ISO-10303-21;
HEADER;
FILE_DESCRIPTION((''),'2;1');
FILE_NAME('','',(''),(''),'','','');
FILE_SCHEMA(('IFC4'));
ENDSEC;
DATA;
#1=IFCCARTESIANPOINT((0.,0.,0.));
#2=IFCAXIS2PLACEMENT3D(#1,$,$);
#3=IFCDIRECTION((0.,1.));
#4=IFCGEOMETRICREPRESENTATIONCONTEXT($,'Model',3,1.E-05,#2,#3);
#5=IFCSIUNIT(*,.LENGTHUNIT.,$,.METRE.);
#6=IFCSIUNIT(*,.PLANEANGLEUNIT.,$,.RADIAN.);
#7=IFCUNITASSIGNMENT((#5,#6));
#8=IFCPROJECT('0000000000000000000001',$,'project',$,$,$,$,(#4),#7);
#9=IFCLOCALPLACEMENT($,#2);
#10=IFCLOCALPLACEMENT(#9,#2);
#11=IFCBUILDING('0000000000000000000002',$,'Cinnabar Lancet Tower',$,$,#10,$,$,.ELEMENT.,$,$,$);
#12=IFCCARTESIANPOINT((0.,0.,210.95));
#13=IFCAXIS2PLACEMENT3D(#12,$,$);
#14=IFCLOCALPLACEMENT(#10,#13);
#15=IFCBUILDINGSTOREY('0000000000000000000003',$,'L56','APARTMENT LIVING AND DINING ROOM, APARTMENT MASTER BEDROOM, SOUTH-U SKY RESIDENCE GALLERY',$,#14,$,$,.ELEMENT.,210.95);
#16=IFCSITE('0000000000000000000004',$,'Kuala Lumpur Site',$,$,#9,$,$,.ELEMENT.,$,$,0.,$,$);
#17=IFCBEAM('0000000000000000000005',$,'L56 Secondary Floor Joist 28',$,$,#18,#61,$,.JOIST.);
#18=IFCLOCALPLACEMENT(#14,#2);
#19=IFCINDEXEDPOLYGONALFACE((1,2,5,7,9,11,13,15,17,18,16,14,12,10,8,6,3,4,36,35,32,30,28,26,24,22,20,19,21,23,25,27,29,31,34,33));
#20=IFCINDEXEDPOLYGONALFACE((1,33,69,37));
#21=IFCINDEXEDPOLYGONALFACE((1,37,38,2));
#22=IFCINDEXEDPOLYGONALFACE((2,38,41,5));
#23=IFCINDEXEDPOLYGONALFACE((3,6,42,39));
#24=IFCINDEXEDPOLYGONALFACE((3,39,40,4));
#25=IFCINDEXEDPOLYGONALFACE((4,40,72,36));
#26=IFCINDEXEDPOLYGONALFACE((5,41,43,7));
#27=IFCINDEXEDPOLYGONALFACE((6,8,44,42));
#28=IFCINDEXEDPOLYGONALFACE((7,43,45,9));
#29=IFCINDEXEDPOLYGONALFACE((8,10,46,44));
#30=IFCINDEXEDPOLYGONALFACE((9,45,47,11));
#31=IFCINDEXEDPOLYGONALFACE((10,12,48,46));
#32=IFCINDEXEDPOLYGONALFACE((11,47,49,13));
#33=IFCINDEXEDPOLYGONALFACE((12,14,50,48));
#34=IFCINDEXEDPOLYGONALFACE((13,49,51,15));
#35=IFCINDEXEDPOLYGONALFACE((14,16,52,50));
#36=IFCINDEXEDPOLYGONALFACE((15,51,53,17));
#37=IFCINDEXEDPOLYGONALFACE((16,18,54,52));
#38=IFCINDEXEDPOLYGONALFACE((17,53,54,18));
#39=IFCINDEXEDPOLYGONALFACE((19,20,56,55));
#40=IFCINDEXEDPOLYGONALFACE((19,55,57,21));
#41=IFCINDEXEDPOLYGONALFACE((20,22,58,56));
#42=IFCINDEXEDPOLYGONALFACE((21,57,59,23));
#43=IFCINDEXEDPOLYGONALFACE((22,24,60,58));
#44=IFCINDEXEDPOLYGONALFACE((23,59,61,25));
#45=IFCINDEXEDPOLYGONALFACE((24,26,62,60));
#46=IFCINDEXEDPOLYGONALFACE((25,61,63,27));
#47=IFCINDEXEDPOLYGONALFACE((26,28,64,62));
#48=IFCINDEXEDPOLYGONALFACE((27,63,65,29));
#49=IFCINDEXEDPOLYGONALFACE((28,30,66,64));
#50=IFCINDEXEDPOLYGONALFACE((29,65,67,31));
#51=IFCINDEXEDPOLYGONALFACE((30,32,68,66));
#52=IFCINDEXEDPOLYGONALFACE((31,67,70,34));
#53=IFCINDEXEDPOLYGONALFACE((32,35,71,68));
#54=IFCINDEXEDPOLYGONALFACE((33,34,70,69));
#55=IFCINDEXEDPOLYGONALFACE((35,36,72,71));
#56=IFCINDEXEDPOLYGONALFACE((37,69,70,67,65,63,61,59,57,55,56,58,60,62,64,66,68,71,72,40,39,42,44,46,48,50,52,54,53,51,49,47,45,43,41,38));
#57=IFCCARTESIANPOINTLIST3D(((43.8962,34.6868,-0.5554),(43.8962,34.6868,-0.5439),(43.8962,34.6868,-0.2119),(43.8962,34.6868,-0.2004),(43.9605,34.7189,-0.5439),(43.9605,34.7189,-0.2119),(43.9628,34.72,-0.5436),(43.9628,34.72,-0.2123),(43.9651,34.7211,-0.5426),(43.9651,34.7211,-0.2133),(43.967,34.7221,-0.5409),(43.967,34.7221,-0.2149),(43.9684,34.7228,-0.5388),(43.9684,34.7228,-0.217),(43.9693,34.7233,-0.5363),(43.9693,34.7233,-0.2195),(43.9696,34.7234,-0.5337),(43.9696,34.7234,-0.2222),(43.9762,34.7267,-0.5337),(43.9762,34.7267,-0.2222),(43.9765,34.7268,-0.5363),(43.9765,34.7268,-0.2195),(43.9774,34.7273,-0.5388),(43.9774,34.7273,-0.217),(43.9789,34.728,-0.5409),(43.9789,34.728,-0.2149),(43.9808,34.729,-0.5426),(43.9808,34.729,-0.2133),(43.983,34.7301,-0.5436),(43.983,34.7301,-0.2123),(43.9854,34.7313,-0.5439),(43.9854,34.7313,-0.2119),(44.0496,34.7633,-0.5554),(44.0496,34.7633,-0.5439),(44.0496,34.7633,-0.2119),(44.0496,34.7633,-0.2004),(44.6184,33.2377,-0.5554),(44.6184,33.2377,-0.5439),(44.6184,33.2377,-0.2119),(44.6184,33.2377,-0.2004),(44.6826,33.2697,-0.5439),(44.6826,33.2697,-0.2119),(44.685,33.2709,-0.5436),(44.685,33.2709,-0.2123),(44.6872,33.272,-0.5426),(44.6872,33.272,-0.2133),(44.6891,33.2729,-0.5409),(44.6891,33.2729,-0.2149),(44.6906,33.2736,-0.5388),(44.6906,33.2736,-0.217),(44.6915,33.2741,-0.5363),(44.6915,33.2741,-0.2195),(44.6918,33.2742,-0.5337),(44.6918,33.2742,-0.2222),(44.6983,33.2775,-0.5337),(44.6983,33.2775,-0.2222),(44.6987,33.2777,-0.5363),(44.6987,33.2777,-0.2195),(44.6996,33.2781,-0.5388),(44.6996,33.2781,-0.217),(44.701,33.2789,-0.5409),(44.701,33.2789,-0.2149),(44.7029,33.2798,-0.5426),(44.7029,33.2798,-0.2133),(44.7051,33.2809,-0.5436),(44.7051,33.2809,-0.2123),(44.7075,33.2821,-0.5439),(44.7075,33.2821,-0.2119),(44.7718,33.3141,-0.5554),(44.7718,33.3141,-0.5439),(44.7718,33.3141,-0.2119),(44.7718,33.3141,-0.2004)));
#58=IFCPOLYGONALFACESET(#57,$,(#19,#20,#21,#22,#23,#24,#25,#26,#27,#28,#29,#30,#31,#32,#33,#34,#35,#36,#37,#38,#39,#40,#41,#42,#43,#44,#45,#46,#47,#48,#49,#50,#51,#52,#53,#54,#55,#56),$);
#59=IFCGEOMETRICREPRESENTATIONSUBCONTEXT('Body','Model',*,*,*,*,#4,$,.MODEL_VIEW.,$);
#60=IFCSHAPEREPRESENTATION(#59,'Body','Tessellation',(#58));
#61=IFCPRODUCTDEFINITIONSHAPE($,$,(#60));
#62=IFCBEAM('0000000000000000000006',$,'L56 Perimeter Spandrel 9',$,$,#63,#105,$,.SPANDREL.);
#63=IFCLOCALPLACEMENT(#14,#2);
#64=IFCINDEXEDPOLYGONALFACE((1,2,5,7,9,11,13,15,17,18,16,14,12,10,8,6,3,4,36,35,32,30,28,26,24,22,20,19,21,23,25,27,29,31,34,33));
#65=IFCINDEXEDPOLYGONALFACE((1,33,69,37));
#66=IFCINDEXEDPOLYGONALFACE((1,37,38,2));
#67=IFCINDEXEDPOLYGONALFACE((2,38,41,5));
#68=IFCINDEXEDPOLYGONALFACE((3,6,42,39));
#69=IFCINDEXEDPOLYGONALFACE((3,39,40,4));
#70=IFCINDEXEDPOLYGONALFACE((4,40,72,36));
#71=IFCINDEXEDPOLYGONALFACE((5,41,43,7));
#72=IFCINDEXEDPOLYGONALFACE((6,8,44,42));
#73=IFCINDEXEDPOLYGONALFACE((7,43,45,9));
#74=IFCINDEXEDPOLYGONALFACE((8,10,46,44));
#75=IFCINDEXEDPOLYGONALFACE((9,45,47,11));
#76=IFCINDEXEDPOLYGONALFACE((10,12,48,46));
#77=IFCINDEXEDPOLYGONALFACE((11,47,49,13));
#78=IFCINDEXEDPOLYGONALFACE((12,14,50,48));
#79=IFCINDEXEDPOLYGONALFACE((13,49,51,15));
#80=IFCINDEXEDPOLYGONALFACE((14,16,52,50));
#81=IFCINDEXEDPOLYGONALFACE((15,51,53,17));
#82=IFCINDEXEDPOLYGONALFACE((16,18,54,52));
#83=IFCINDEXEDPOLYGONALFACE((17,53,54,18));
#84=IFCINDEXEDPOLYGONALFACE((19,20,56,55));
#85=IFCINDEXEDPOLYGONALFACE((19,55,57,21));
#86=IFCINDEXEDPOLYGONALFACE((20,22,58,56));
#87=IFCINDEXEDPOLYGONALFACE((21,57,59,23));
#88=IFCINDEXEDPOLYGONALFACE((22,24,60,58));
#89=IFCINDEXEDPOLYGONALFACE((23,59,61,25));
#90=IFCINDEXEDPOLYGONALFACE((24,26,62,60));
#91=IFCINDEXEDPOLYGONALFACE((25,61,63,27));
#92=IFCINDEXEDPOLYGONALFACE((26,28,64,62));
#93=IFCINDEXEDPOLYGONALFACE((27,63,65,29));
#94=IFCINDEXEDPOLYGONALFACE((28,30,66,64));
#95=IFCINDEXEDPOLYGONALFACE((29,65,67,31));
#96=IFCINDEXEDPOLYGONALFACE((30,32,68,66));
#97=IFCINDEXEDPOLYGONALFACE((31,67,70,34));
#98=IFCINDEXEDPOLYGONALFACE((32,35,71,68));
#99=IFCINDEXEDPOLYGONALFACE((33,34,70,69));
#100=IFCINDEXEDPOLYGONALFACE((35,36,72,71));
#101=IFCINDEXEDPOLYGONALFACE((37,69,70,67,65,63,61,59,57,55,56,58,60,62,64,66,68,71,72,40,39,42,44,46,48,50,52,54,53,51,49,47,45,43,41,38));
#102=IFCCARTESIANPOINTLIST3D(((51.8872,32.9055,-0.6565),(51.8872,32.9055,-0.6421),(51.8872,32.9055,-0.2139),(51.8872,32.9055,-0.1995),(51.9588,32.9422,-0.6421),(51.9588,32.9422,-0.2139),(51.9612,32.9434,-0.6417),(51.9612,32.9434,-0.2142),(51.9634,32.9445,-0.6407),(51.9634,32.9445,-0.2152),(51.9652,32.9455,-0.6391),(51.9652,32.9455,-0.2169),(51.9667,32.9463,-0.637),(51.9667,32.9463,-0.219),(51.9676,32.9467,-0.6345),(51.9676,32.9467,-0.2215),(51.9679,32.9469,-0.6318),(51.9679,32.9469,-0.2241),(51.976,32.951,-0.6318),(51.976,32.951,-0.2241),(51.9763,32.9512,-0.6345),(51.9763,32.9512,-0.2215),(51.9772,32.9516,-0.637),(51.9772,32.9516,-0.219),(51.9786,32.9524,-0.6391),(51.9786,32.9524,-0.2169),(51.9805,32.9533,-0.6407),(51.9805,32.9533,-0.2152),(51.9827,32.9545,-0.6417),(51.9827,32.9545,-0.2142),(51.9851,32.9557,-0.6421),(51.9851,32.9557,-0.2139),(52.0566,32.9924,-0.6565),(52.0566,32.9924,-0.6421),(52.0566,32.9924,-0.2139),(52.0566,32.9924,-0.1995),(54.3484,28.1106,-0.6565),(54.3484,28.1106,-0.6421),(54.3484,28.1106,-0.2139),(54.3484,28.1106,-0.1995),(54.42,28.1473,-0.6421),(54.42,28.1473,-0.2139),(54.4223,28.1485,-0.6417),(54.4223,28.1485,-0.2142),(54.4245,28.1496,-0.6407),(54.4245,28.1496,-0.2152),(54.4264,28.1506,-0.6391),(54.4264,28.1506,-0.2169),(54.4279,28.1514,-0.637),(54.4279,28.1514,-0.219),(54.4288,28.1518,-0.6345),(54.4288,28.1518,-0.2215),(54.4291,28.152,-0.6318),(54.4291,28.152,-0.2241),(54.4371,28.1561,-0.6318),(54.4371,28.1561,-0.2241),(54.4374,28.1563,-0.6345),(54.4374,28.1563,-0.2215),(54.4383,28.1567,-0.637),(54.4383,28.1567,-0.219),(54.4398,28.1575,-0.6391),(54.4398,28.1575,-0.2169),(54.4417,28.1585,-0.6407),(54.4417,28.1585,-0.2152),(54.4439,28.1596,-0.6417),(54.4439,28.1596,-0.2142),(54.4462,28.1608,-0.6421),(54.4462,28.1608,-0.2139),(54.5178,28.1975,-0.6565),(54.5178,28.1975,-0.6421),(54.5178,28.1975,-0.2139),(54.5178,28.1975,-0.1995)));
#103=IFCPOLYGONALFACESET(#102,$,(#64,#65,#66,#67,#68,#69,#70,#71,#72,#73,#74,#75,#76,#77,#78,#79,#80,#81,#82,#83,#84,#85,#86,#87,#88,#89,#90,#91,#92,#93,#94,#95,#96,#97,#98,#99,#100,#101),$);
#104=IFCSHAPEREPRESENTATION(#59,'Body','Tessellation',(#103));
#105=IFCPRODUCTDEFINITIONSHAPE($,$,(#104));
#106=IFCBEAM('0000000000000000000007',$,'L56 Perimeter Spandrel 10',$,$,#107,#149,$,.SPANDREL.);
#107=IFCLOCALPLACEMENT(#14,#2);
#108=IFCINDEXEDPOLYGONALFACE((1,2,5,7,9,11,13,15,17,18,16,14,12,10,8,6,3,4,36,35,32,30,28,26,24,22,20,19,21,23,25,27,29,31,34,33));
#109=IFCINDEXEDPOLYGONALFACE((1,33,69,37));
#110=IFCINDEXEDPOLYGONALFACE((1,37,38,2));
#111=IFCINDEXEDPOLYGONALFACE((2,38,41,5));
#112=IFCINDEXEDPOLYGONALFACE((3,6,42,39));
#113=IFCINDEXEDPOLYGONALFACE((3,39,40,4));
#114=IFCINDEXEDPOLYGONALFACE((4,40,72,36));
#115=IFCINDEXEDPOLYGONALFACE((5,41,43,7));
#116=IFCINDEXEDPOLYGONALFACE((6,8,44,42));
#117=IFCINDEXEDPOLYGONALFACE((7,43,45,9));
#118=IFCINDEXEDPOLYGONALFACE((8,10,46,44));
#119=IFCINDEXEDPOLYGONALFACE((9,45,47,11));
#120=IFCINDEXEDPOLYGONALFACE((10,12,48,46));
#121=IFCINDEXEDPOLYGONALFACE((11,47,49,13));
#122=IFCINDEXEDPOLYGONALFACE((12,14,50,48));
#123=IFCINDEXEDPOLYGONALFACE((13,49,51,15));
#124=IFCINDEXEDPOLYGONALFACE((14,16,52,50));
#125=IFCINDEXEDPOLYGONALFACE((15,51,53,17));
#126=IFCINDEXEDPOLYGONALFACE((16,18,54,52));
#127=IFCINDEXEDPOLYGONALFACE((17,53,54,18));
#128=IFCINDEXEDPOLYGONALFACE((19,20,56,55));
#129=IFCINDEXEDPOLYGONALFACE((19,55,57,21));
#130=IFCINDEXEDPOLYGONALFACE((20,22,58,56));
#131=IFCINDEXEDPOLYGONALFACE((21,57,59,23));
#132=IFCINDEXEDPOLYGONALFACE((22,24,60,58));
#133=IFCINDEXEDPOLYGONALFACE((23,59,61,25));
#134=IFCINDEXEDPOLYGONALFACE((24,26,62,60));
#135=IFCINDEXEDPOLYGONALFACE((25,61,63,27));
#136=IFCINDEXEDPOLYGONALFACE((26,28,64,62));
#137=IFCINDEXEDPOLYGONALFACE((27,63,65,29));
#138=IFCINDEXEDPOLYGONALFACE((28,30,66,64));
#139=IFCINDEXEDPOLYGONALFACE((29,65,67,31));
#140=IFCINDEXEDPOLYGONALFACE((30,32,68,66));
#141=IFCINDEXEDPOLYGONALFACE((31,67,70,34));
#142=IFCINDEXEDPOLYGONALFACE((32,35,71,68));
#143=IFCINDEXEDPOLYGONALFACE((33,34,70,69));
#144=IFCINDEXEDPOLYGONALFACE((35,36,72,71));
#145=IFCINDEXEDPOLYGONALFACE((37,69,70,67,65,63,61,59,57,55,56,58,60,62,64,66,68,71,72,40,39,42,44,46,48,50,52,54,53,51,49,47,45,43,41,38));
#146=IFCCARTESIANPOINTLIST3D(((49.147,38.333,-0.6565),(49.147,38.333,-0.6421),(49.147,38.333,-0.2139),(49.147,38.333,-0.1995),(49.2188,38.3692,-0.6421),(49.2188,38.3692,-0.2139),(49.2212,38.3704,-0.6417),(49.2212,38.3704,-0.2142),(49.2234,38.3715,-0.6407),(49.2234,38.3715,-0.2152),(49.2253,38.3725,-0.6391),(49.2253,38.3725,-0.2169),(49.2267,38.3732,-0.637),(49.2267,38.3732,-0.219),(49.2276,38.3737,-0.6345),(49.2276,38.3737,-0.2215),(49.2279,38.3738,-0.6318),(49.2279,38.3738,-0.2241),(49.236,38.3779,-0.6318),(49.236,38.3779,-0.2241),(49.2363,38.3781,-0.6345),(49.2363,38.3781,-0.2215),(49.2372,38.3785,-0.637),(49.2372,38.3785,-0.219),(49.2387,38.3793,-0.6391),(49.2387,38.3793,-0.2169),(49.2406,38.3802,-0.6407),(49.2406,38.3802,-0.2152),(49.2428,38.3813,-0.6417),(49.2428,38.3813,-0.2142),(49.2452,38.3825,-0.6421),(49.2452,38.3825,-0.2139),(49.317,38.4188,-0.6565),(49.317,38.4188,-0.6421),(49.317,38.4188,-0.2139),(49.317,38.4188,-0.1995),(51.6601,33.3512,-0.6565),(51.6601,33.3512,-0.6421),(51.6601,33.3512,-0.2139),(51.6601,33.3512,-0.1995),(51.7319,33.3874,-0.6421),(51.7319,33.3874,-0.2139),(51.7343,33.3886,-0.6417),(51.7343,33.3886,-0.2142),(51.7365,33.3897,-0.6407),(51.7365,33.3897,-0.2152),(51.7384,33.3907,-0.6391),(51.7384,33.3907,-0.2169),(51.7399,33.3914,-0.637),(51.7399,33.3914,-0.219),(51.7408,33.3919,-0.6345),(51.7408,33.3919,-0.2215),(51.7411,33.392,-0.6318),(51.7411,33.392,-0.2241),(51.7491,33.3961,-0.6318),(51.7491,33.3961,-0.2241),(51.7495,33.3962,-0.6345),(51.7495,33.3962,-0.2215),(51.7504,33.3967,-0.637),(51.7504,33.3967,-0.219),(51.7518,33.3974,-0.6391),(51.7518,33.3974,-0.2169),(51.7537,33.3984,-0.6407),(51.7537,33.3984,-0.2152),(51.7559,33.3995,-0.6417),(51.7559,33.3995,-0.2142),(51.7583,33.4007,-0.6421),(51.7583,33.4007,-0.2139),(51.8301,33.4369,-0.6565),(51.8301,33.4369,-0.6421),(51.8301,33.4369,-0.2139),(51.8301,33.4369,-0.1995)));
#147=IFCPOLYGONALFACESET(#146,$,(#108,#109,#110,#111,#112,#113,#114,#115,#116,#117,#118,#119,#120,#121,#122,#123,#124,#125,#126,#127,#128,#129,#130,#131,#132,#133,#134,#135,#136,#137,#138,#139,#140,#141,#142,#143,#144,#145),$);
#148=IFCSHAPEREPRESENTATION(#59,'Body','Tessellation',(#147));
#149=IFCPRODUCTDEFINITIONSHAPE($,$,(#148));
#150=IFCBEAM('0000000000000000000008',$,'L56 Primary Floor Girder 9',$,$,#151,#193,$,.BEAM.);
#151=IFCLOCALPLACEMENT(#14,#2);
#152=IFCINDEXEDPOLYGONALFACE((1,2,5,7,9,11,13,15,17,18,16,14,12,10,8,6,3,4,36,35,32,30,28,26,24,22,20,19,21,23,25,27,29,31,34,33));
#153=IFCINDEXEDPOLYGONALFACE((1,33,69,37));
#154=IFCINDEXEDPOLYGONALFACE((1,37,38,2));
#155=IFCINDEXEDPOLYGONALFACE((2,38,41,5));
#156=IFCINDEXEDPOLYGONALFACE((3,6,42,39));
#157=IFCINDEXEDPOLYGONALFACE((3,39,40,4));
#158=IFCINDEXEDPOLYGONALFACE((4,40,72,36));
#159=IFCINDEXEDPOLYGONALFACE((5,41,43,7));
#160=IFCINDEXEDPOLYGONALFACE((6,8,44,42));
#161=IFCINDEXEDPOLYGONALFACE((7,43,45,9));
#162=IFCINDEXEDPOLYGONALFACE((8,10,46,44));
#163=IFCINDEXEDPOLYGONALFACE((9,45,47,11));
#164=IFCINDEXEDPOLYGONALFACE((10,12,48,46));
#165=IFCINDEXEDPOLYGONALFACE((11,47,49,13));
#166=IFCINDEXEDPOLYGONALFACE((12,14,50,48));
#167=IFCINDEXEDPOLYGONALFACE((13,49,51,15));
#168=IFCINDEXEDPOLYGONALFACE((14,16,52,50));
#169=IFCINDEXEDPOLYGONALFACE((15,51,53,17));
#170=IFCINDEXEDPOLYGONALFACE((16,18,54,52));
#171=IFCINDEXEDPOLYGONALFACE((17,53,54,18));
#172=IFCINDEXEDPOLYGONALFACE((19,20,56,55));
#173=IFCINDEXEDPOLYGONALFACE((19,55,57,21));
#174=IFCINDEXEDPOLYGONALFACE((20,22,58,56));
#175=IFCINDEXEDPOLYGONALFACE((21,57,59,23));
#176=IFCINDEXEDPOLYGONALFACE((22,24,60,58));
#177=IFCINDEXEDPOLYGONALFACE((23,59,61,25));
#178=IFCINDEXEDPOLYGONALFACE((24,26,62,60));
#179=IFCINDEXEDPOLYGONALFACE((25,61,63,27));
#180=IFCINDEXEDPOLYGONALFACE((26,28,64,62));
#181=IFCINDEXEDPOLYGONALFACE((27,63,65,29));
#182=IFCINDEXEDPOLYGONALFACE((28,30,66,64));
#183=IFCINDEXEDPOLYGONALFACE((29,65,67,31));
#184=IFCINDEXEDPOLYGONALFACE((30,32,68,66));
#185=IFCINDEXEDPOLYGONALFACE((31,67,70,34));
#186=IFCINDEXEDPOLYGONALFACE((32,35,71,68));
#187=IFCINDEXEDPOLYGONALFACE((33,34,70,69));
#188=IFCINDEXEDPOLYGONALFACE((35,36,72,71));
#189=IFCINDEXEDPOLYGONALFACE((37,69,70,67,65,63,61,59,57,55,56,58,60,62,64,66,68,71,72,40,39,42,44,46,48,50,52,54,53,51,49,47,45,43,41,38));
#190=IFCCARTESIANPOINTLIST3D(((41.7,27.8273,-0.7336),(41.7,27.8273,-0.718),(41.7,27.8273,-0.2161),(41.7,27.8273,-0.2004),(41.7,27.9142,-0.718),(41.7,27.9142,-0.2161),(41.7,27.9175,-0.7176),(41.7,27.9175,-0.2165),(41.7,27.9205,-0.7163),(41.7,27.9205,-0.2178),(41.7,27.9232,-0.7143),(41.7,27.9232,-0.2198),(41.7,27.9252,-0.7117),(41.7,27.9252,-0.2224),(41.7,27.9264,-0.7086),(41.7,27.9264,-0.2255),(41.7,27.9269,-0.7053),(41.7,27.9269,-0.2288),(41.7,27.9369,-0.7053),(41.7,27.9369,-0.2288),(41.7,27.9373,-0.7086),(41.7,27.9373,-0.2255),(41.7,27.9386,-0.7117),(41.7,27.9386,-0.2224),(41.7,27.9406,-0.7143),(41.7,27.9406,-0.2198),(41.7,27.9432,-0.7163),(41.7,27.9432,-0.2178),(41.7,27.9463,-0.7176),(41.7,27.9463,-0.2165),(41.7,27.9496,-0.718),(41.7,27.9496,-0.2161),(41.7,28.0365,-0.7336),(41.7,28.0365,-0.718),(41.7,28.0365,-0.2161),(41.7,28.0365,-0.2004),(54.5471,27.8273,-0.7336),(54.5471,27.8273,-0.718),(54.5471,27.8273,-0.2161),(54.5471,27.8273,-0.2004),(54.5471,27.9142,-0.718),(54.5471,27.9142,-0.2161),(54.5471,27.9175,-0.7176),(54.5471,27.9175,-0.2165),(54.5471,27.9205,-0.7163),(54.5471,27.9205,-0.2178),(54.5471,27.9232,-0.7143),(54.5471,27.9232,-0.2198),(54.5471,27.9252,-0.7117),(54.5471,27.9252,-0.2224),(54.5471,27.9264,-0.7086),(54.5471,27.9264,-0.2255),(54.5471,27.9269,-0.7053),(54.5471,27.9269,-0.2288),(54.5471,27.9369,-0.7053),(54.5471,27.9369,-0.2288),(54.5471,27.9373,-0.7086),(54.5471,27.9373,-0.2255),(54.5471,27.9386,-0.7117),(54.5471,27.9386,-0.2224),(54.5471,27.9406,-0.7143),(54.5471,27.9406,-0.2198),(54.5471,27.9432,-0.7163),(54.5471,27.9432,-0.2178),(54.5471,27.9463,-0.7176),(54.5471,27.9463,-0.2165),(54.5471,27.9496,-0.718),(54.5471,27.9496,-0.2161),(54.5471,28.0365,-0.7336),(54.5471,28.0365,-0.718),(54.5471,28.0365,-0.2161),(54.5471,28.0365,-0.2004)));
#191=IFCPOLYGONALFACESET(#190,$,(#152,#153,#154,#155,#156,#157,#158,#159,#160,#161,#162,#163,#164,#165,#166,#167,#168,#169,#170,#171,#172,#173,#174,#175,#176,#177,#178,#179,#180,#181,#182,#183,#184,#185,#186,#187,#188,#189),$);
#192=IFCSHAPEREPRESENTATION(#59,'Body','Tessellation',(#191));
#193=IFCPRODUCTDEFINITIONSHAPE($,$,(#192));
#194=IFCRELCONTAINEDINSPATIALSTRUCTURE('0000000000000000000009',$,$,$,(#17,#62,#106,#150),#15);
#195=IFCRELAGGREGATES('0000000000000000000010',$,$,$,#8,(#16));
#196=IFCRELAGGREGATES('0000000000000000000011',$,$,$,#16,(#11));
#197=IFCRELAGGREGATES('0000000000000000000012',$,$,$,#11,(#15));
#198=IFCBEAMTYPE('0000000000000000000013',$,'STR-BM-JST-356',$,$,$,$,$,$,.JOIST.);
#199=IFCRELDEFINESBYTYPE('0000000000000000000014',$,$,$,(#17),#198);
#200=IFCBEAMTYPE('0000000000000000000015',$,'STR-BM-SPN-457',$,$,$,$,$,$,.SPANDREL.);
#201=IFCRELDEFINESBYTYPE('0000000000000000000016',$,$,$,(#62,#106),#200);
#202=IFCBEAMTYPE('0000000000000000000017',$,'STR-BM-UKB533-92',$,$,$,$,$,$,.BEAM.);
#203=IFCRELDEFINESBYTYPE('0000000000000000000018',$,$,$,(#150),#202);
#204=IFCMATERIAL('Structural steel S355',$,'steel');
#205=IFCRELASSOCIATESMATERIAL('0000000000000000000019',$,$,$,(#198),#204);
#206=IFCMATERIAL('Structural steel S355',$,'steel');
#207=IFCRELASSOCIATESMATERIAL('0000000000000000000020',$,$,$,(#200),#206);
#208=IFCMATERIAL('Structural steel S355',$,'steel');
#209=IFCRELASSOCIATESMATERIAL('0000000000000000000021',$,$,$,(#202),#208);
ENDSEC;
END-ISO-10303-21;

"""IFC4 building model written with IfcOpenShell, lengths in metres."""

from ifc_helpers import new_model, si_unit, direction, frame, origin, origin_2d, place, context, subcontext, project, spatial, i_section, extrude, material, material_profile, profile_set, type_object, element, save


model = new_model("IFC4")

# Units and contexts
model_context = context("Model", 3, precision=1e-05, world=origin(), true_north=direction((0.0, 1.0)))
body_context = subcontext(model_context, "Body", "Model", "MODEL_VIEW")
ifc_project = project(units=[si_unit("LENGTHUNIT", "METRE"), si_unit("PLANEANGLEUNIT", "RADIAN")], contexts=[model_context])

# Site, building, storey
site_placement = place(None, origin())
site = spatial("IfcSite", under=ifc_project, at=site_placement, Name="Kuala Lumpur Site", CompositionType="ELEMENT", RefElevation=0.0)
building_placement = place(site_placement, origin())
building = spatial("IfcBuilding", under=site, at=building_placement, Name="Cinnabar Lancet Tower", CompositionType="ELEMENT")
storey_placement = place(building_placement, frame((0.0, 0.0, 210.95)))
storey = spatial("IfcBuildingStorey", under=building, at=storey_placement, Name="L56", Description="APARTMENT LIVING AND DINING ROOM, APARTMENT MASTER BEDROOM, SOUTH-U SKY RESIDENCE GALLERY", CompositionType="ELEMENT", Elevation=210.95)

# Beams
ifc_material_1 = material(Name="Structural steel S355", Category="steel")
ifc_material_profile_1 = material_profile(ifc_material_1, i_section(OverallWidth=0.1714, OverallDepth=0.355, WebThickness=0.0073, FlangeThickness=0.0115, FilletRadius=0.0103, at=origin_2d()), Name="UKB 356x171x51")
ifc_profile_set_1 = profile_set([ifc_material_profile_1], Name="Structural steel S355")
beam_type_1 = type_object("IfcBeamType", Name="STR-BM-JST-356", PredefinedType="JOIST", material=ifc_profile_set_1)
beam_1_placement = place(storey_placement, frame((44.6951, 33.2759, -0.3779), z_axis=(-0.446007, 0.895029, 0.0), x_axis=(-0.895029, -0.446007, 0.0)))
element("IfcBeam", 1, at=beam_1_placement, inside=storey, type_object=beam_type_1, Name="L56 Secondary Floor Joist 28", PredefinedType="JOIST", context=body_context, shape_type="SweptSolid", body=[
    extrude(i_section(OverallWidth=0.1714, OverallDepth=0.355, WebThickness=0.0073, FlangeThickness=0.0115, FilletRadius=0.0103, at=origin_2d()), origin(), (0.0, 0.0, 1.0), 1.6191),
])
ifc_material_2 = material(Name="Structural steel S355", Category="steel")
ifc_material_profile_2 = material_profile(ifc_material_2, i_section(OverallWidth=0.1904, OverallDepth=0.457, WebThickness=0.009, FlangeThickness=0.0144, FilletRadius=0.0103, at=origin_2d()), Name="UKB 457x191x74")
ifc_profile_set_2 = profile_set([ifc_material_profile_2], Name="Structural steel S355")
beam_type_2 = type_object("IfcBeamType", Name="STR-BM-SPN-457", PredefinedType="SPANDREL", material=ifc_profile_set_2)
beam_2_placement = place(storey_placement, frame((54.4331, 28.1541, -0.428), z_axis=(-0.456647, 0.889648, 0.0), x_axis=(-0.889648, -0.456647, 0.0)))
element("IfcBeam", 2, at=beam_2_placement, inside=storey, type_object=beam_type_2, Name="L56 Perimeter Spandrel 9", PredefinedType="SPANDREL", context=body_context, shape_type="SweptSolid", body=[
    extrude(i_section(OverallWidth=0.1904, OverallDepth=0.457, WebThickness=0.009, FlangeThickness=0.0144, FilletRadius=0.0103, at=origin_2d()), origin(), (0.0, 0.0, 1.0), 5.3896),
])
beam_3_placement = place(storey_placement, frame((51.7451, 33.394, -0.428), z_axis=(-0.450396, 0.892829, 0.0), x_axis=(-0.892829, -0.450396, 0.0)))
element("IfcBeam", 3, at=beam_3_placement, inside=storey, type_object=beam_type_2, Name="L56 Perimeter Spandrel 10", PredefinedType="SPANDREL", context=body_context, shape_type="SweptSolid", body=[
    extrude(i_section(OverallWidth=0.1904, OverallDepth=0.457, WebThickness=0.009, FlangeThickness=0.0144, FilletRadius=0.0103, at=origin_2d()), origin(), (0.0, 0.0, 1.0), 5.5798),
])
ifc_material_3 = material(Name="Structural steel S355", Category="steel")
ifc_material_profile_3 = material_profile(ifc_material_3, i_section(OverallWidth=0.2092, OverallDepth=0.5332, WebThickness=0.01, FlangeThickness=0.0156, FilletRadius=0.0127, at=origin_2d()), Name="UKB 533x210x92")
ifc_profile_set_3 = profile_set([ifc_material_profile_3], Name="Structural steel S355")
beam_type_3 = type_object("IfcBeamType", Name="STR-BM-UKB533-92", PredefinedType="BEAM", material=ifc_profile_set_3)
beam_4_placement = place(storey_placement, frame((54.5471, 27.9319, -0.467), z_axis=(-1.0, 0.0, 0.0), x_axis=(0.0, -1.0, 0.0)))
element("IfcBeam", 4, at=beam_4_placement, inside=storey, type_object=beam_type_3, Name="L56 Primary Floor Girder 9", PredefinedType="BEAM", context=body_context, shape_type="SweptSolid", body=[
    extrude(i_section(OverallWidth=0.2092, OverallDepth=0.5332, WebThickness=0.01, FlangeThickness=0.0156, FilletRadius=0.0127, at=origin_2d()), origin(), (0.0, 0.0, 1.0), 12.8472),
])

save(model, "model.ifc")
